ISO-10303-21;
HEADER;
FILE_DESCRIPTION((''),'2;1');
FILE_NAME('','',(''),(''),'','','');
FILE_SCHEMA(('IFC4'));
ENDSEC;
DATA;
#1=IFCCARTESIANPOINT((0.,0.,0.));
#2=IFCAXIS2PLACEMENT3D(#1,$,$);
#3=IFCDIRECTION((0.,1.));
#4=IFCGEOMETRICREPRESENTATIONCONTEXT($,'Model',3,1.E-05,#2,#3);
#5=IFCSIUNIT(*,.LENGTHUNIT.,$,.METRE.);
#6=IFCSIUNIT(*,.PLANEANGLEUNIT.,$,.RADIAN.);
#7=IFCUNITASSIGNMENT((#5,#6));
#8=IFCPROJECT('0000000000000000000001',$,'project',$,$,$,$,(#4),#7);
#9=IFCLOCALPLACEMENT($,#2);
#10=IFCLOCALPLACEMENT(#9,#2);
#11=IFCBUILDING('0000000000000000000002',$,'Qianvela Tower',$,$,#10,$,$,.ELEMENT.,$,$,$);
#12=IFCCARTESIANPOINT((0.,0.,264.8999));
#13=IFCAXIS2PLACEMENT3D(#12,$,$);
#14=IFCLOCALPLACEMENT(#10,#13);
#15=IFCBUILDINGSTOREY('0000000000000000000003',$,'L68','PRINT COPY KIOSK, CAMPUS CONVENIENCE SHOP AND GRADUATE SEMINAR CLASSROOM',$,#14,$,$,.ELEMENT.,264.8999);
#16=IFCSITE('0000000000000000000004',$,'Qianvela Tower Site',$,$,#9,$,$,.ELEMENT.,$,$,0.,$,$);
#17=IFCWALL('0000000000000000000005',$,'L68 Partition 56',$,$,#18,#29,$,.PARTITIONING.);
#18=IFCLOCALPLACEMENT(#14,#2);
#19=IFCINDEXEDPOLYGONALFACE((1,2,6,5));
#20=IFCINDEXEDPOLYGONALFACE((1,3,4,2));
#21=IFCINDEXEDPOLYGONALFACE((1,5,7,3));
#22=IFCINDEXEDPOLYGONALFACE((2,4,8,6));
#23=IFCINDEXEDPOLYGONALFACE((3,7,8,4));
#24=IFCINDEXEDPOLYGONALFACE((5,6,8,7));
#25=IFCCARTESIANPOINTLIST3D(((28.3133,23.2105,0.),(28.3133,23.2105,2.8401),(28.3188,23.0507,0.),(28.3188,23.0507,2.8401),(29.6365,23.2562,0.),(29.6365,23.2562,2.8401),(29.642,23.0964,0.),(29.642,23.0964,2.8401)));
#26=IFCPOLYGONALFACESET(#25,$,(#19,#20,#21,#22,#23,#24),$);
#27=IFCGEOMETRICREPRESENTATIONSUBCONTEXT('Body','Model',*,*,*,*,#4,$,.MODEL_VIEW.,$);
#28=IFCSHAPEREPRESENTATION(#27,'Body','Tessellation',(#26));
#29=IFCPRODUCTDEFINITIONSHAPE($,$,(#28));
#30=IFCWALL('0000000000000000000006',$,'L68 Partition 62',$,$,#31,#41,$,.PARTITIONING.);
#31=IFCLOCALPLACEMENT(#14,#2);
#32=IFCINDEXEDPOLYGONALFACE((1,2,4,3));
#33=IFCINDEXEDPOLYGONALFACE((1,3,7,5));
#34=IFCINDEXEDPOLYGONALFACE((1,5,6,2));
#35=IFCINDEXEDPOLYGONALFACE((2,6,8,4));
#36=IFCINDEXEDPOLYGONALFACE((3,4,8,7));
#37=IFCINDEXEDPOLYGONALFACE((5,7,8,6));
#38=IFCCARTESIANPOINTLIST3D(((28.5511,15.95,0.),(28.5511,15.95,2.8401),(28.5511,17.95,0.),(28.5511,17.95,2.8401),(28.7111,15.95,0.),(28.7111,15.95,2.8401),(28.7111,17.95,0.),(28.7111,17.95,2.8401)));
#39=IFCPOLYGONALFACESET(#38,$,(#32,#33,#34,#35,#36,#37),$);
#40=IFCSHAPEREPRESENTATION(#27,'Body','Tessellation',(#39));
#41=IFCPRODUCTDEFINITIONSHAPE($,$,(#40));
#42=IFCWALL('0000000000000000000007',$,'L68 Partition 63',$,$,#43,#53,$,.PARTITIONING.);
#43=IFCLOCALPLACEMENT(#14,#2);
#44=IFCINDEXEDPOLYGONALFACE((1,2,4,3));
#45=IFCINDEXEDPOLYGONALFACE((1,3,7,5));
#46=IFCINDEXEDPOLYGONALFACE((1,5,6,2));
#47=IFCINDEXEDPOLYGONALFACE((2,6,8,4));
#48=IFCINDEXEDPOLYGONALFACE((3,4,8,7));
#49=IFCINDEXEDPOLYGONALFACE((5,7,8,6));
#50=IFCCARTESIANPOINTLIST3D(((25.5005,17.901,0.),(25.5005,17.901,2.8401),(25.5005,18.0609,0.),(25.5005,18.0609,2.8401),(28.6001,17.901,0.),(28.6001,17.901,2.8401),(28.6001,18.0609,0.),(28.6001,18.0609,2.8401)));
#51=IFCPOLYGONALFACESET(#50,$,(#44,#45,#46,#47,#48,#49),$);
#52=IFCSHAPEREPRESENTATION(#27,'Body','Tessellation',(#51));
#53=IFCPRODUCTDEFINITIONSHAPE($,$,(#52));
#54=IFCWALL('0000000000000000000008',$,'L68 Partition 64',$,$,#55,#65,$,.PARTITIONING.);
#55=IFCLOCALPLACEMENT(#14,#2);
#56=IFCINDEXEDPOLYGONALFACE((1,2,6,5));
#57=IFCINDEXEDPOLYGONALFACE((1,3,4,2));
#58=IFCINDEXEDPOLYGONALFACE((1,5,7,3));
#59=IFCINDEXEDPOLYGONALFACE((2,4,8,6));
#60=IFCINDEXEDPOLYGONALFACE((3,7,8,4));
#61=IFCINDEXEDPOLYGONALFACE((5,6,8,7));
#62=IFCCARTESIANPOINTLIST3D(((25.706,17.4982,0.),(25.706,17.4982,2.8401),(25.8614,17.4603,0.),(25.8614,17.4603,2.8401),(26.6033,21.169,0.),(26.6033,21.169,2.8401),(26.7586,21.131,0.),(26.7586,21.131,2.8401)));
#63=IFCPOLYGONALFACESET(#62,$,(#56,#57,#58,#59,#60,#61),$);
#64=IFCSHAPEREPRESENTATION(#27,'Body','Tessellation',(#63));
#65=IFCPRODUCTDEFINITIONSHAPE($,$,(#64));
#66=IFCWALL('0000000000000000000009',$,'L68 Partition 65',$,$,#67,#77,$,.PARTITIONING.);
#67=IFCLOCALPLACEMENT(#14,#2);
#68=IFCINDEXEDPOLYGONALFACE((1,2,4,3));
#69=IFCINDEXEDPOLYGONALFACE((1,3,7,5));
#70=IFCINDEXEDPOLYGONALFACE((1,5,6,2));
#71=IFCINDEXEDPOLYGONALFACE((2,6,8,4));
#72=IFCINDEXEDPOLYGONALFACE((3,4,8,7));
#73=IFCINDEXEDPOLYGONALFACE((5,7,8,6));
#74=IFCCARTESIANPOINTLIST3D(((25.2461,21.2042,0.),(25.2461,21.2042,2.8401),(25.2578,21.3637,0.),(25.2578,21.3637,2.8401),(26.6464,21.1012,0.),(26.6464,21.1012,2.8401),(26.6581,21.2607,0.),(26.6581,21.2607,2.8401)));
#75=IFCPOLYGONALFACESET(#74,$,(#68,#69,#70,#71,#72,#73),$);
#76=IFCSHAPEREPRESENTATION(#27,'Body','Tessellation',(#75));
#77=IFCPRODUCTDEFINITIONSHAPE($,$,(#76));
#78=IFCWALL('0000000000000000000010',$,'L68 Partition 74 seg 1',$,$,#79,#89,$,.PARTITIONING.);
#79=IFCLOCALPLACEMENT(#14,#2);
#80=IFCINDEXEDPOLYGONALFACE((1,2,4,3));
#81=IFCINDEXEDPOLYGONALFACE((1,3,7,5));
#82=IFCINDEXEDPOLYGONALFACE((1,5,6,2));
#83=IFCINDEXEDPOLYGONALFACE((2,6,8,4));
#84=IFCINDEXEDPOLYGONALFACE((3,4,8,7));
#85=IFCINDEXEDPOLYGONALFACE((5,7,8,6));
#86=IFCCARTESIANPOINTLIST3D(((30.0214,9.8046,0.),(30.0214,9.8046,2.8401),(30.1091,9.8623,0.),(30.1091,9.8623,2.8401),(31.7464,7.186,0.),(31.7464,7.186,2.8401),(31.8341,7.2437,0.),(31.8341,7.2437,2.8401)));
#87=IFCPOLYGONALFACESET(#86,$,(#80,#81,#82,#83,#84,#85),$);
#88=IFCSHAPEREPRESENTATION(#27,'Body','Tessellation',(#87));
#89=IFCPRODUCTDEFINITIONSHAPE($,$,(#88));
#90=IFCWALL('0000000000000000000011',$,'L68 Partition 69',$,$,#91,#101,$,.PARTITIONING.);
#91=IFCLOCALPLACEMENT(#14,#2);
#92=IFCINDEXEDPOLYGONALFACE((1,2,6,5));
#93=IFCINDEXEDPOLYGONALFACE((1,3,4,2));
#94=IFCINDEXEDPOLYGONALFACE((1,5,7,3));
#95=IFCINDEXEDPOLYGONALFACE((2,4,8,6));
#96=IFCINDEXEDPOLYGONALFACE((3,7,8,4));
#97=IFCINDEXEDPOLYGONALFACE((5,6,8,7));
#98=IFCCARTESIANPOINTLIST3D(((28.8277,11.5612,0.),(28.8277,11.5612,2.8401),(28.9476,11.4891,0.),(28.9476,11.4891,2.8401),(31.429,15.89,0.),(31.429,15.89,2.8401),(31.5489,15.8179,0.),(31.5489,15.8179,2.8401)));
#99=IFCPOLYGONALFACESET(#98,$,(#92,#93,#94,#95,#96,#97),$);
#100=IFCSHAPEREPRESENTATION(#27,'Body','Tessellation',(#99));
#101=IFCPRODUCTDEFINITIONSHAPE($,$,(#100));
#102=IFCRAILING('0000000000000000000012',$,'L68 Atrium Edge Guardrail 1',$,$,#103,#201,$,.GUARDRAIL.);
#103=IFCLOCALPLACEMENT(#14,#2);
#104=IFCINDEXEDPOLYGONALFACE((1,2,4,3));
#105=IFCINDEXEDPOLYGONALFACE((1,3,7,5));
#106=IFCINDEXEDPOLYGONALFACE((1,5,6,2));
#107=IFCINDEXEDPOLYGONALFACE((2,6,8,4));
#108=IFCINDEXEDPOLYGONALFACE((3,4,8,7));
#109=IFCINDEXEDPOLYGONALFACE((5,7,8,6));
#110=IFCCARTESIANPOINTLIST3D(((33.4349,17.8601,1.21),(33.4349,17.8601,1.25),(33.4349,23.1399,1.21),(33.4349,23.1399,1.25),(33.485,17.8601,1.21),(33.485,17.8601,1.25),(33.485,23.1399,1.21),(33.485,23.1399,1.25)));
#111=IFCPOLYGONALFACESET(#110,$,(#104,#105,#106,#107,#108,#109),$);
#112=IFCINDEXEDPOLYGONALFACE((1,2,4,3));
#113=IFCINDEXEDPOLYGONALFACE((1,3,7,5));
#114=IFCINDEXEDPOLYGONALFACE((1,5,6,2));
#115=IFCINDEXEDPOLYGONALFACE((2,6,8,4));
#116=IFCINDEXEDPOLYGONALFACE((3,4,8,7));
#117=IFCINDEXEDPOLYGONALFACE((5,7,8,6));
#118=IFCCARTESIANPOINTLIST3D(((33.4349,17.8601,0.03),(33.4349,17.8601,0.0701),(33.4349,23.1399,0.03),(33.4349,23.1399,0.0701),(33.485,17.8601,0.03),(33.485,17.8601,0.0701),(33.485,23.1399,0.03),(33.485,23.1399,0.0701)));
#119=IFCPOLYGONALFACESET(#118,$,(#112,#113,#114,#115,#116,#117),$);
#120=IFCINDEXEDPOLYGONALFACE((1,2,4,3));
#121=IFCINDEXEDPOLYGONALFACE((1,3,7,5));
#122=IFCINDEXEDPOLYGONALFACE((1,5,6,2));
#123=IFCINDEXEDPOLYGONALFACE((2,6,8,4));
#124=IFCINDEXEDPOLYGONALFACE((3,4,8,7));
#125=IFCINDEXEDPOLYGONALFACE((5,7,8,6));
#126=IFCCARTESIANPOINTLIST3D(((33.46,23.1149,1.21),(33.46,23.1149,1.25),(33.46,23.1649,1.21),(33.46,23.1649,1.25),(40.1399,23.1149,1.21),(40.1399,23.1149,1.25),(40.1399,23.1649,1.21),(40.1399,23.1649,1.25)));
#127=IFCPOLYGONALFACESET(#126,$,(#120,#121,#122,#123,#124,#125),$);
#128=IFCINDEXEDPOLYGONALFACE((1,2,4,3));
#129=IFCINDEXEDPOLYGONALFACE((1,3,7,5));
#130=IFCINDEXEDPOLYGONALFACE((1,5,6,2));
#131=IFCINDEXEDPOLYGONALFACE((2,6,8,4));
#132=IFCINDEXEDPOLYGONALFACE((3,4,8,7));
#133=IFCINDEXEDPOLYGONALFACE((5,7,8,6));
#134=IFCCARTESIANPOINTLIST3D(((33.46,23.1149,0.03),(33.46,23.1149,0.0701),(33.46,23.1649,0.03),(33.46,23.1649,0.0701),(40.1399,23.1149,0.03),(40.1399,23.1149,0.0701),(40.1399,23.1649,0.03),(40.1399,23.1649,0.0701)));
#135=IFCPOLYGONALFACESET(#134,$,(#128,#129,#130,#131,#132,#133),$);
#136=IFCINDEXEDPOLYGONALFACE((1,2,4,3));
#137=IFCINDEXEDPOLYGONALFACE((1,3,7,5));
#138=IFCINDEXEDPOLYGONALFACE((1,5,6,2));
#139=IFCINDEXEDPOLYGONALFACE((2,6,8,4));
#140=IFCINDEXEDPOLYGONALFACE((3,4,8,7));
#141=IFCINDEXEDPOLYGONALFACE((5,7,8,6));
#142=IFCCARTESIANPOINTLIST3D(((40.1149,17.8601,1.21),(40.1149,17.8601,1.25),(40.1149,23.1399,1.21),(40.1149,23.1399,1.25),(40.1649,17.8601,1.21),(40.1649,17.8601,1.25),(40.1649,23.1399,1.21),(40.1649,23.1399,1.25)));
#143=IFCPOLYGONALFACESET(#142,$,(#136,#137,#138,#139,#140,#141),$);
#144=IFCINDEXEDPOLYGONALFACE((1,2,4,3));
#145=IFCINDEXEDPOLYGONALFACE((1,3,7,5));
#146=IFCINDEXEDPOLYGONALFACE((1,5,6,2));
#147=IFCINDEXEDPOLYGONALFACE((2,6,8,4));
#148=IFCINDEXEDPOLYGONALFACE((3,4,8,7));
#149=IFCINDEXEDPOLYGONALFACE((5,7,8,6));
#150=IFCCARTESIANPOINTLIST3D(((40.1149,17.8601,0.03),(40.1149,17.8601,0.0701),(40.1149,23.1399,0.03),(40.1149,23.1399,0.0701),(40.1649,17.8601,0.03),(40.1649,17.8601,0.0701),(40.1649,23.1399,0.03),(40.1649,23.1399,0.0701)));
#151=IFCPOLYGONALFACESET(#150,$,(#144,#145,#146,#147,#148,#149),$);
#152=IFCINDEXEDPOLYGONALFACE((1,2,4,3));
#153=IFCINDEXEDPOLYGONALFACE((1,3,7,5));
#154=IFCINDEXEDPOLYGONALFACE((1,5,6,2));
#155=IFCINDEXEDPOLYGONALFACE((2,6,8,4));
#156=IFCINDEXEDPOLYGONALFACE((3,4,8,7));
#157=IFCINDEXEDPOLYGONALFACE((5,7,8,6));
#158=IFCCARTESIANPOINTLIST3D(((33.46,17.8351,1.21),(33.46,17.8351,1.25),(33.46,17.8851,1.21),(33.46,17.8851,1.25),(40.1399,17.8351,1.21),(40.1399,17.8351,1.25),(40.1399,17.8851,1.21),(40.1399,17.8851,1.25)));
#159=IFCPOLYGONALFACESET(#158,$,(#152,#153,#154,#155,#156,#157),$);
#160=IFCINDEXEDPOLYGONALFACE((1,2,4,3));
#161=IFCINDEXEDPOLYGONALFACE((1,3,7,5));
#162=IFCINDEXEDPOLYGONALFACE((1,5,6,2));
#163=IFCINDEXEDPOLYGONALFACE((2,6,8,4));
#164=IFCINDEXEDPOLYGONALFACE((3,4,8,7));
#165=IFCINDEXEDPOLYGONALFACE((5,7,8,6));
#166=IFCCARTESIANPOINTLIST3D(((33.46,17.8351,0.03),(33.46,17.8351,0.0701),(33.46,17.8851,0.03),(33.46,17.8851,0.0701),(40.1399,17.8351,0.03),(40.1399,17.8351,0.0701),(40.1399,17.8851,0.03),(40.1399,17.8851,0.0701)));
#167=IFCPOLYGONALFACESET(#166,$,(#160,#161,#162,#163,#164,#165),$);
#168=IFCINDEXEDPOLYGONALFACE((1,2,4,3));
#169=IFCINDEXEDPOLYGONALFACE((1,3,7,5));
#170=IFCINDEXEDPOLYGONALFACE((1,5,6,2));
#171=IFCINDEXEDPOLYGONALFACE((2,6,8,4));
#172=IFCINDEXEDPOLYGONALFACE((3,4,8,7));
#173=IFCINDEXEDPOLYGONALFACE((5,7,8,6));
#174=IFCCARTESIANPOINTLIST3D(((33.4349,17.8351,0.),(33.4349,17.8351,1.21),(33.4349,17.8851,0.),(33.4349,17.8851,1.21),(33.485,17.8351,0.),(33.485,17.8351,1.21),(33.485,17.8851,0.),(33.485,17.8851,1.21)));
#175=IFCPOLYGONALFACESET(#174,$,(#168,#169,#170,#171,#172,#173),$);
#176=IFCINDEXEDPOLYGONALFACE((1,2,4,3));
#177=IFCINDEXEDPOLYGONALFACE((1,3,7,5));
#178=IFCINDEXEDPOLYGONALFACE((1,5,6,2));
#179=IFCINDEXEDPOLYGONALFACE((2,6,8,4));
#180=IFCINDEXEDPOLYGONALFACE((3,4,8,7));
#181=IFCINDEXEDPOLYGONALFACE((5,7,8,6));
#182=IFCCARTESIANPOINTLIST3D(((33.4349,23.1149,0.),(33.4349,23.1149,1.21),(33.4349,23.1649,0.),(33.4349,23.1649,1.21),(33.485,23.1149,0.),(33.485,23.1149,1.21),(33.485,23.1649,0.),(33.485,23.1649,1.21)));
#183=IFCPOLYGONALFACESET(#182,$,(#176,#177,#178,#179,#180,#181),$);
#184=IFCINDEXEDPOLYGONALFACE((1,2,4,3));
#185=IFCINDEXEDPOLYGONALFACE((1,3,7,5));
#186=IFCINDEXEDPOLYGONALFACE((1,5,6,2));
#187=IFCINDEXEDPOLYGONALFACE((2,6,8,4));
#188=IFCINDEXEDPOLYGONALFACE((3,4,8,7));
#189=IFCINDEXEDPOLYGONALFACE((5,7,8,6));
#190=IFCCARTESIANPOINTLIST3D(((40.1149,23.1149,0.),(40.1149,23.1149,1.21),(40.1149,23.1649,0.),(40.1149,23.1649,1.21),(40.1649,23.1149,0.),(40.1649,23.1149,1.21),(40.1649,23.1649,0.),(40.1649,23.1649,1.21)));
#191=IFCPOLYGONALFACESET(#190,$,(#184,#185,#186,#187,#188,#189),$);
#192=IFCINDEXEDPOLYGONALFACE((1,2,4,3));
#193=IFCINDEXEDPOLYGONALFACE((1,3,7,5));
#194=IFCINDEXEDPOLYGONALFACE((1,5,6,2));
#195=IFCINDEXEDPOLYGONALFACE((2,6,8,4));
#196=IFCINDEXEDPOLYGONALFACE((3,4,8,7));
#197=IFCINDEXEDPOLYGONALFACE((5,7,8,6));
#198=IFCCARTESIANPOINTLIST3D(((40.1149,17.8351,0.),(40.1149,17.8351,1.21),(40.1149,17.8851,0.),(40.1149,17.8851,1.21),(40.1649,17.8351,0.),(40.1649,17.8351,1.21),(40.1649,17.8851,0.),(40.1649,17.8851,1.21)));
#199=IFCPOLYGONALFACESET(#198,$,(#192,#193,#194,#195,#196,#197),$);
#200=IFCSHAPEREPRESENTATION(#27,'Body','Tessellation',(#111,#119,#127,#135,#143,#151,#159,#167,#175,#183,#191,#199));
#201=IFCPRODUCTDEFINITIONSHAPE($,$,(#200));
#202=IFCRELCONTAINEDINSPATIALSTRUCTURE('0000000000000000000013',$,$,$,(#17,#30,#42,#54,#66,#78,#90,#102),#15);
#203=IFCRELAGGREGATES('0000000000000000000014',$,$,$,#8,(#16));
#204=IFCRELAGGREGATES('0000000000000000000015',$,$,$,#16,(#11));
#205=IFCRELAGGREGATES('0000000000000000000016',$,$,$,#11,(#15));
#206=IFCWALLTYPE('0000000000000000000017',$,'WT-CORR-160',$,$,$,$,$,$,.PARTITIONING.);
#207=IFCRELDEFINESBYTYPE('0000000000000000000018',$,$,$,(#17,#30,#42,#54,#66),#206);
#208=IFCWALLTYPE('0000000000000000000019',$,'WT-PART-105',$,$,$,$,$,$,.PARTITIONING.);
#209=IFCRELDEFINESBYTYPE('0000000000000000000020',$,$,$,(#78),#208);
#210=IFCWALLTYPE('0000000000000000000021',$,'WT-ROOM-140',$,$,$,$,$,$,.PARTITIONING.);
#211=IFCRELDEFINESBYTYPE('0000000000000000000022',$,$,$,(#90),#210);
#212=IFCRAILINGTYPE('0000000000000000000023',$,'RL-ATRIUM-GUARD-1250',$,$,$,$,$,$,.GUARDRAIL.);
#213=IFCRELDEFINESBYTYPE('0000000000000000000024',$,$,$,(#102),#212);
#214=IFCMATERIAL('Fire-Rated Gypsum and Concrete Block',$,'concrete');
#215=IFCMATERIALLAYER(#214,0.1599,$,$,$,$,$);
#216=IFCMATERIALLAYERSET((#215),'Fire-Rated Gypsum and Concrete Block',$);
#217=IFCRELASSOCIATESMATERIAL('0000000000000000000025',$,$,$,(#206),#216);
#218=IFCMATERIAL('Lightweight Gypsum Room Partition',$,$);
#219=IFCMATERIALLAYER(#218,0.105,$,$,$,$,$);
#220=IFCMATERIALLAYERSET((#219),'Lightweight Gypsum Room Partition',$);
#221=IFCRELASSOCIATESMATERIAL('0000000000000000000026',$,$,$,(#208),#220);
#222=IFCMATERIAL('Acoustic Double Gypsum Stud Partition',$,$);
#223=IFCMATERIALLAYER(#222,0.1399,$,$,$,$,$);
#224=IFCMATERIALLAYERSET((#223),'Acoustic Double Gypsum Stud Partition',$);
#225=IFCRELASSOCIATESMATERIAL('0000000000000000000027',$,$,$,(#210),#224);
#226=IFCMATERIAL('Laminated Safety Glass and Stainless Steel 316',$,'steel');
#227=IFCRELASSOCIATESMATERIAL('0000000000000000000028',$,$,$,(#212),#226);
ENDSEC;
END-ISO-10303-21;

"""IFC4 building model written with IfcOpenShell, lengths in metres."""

from ifc_helpers import new_model, si_unit, direction, frame, frame_2d, origin, origin_2d, place, context, subcontext, project, spatial, rectangle, extrude, material, layer, layer_set, type_object, element, save


model = new_model("IFC4")

# Units and contexts
model_context = context("Model", 3, precision=1e-05, world=origin(), true_north=direction((0.0, 1.0)))
body_context = subcontext(model_context, "Body", "Model", "MODEL_VIEW")
ifc_project = project(units=[si_unit("LENGTHUNIT", "METRE"), si_unit("PLANEANGLEUNIT", "RADIAN")], contexts=[model_context])

# Site, building, storey
site_placement = place(None, origin())
site = spatial("IfcSite", under=ifc_project, at=site_placement, Name="Qianvela Tower Site", CompositionType="ELEMENT", RefElevation=0.0)
building_placement = place(site_placement, origin())
building = spatial("IfcBuilding", under=site, at=building_placement, Name="Qianvela Tower", CompositionType="ELEMENT")
storey_placement = place(building_placement, frame((0.0, 0.0, 264.8999)))
storey = spatial("IfcBuildingStorey", under=building, at=storey_placement, Name="L68", Description="PRINT COPY KIOSK, CAMPUS CONVENIENCE SHOP AND GRADUATE SEMINAR CLASSROOM", CompositionType="ELEMENT", Elevation=264.8999)

# Shared definitions
ifc_material_1 = material(Name="Fire-Rated Gypsum and Concrete Block", Category="concrete")
ifc_layer_1 = layer(ifc_material_1, 0.1599)
ifc_layer_set_1 = layer_set([ifc_layer_1], Name="Fire-Rated Gypsum and Concrete Block")
wall_type_1 = type_object("IfcWallType", Name="WT-CORR-160", PredefinedType="PARTITIONING", material=ifc_layer_set_1)

# Walls
wall_1_placement = place(storey_placement, frame((28.3159, 23.1306, 0.0), z_axis=(0.0, 0.0, 1.0), x_axis=(0.999405, 0.034481, 0.0)))
element("IfcWall", 1, at=wall_1_placement, inside=storey, type_object=wall_type_1, Name="L68 Partition 56", PredefinedType="PARTITIONING", context=body_context, shape_type="SweptSolid", body=[
    extrude(rectangle(XDim=1.324, YDim=0.1599, at=frame_2d((0.6621, 0.0))), origin(), (0.0, 0.0, 1.0), 2.8401),
])
wall_2_placement = place(storey_placement, frame((28.6311, 15.95, 0.0), z_axis=(0.0, 0.0, 1.0), x_axis=(0.0, 1.0, 0.0)))
element("IfcWall", 2, at=wall_2_placement, inside=storey, type_object=wall_type_1, Name="L68 Partition 62", PredefinedType="PARTITIONING", context=body_context, shape_type="SweptSolid", body=[
    extrude(rectangle(XDim=2.0, YDim=0.1599, at=frame_2d((1.0, 0.0))), origin(), (0.0, 0.0, 1.0), 2.8401),
])
wall_3_placement = place(storey_placement, frame((28.6001, 17.981, 0.0), z_axis=(0.0, 0.0, 1.0), x_axis=(-1.0, 0.0, 0.0)))
element("IfcWall", 3, at=wall_3_placement, inside=storey, type_object=wall_type_1, Name="L68 Partition 63", PredefinedType="PARTITIONING", context=body_context, shape_type="SweptSolid", body=[
    extrude(rectangle(XDim=3.0996, YDim=0.1599, at=frame_2d((1.5498, 0.0))), origin(), (0.0, 0.0, 1.0), 2.8401),
])
wall_4_placement = place(storey_placement, frame((25.7837, 17.4792, 0.0), z_axis=(0.0, 0.0, 1.0), x_axis=(0.23744, 0.971402, 0.0)))
element("IfcWall", 4, at=wall_4_placement, inside=storey, type_object=wall_type_1, Name="L68 Partition 64", PredefinedType="PARTITIONING", context=body_context, shape_type="SweptSolid", body=[
    extrude(rectangle(XDim=3.7788, YDim=0.1599, at=frame_2d((1.8894, 0.0))), origin(), (0.0, 0.0, 1.0), 2.8401),
])
wall_5_placement = place(storey_placement, frame((26.6523, 21.1809, 0.0), z_axis=(0.0, 0.0, 1.0), x_axis=(-0.997304, 0.073385, 0.0)))
element("IfcWall", 5, at=wall_5_placement, inside=storey, type_object=wall_type_1, Name="L68 Partition 65", PredefinedType="PARTITIONING", context=body_context, shape_type="SweptSolid", body=[
    extrude(rectangle(XDim=1.4041, YDim=0.1599, at=frame_2d((0.7021, 0.0))), origin(), (0.0, 0.0, 1.0), 2.8401),
])
ifc_material_2 = material(Name="Lightweight Gypsum Room Partition")
ifc_layer_2 = layer(ifc_material_2, 0.105)
ifc_layer_set_2 = layer_set([ifc_layer_2], Name="Lightweight Gypsum Room Partition")
wall_type_2 = type_object("IfcWallType", Name="WT-PART-105", PredefinedType="PARTITIONING", material=ifc_layer_set_2)
wall_6_placement = place(storey_placement, frame((31.7903, 7.2148, 0.0), z_axis=(0.0, 0.0, 1.0), x_axis=(-0.550128, 0.83508, 0.0)))
element("IfcWall", 6, at=wall_6_placement, inside=storey, type_object=wall_type_2, Name="L68 Partition 74 seg 1", PredefinedType="PARTITIONING", context=body_context, shape_type="SweptSolid", body=[
    extrude(rectangle(XDim=3.1357, YDim=0.105, at=frame_2d((1.5679, 0.0))), origin(), (0.0, 0.0, 1.0), 2.8401),
])
ifc_material_3 = material(Name="Acoustic Double Gypsum Stud Partition")
ifc_layer_3 = layer(ifc_material_3, 0.1399)
ifc_layer_set_3 = layer_set([ifc_layer_3], Name="Acoustic Double Gypsum Stud Partition")
wall_type_3 = type_object("IfcWallType", Name="WT-ROOM-140", PredefinedType="PARTITIONING", material=ifc_layer_set_3)
wall_7_placement = place(storey_placement, frame((28.8877, 11.5251, 0.0), z_axis=(0.0, 0.0, 1.0), x_axis=(0.515079, 0.857143, 0.0)))
element("IfcWall", 7, at=wall_7_placement, inside=storey, type_object=wall_type_3, Name="L68 Partition 69", PredefinedType="PARTITIONING", context=body_context, shape_type="SweptSolid", body=[
    extrude(rectangle(XDim=5.0503, YDim=0.1399, at=frame_2d((2.5251, 0.0))), origin(), (0.0, 0.0, 1.0), 2.8401),
])

# Railing
ifc_material_4 = material(Name="Laminated Safety Glass and Stainless Steel 316", Category="steel")
railing_type = type_object("IfcRailingType", Name="RL-ATRIUM-GUARD-1250", PredefinedType="GUARDRAIL", material=ifc_material_4)
railing_placement = place(storey_placement, frame((33.46, 17.8601, 0.0)))
element("IfcRailing", 8, at=railing_placement, inside=storey, type_object=railing_type, Name="L68 Atrium Edge Guardrail 1", PredefinedType="GUARDRAIL", context=body_context, shape_type="SweptSolid", body=[
    extrude(rectangle(XDim=0.05, YDim=0.04, at=origin_2d()), frame((0.0, 0.0, 1.23), z_axis=(0.0, 1.0, 0.0), x_axis=(-1.0, 0.0, 0.0)), (0.0, 0.0, 1.0), 5.2798),
    extrude(rectangle(XDim=0.05, YDim=0.04, at=origin_2d()), frame((0.0, 0.0, 0.05), z_axis=(0.0, 1.0, 0.0), x_axis=(-1.0, 0.0, 0.0)), (0.0, 0.0, 1.0), 5.2798),
    extrude(rectangle(XDim=0.05, YDim=0.04, at=origin_2d()), frame((0.0, 5.2798, 1.23), z_axis=(1.0, 0.0, 0.0), x_axis=(0.0, 1.0, 0.0)), (0.0, 0.0, 1.0), 6.6799),
    extrude(rectangle(XDim=0.05, YDim=0.04, at=origin_2d()), frame((0.0, 5.2798, 0.05), z_axis=(1.0, 0.0, 0.0), x_axis=(0.0, 1.0, 0.0)), (0.0, 0.0, 1.0), 6.6799),
    extrude(rectangle(XDim=0.05, YDim=0.04, at=origin_2d()), frame((6.6799, 5.2798, 1.23), z_axis=(0.0, -1.0, 0.0), x_axis=(1.0, 0.0, 0.0)), (0.0, 0.0, 1.0), 5.2798),
    extrude(rectangle(XDim=0.05, YDim=0.04, at=origin_2d()), frame((6.6799, 5.2798, 0.05), z_axis=(0.0, -1.0, 0.0), x_axis=(1.0, 0.0, 0.0)), (0.0, 0.0, 1.0), 5.2798),
    extrude(rectangle(XDim=0.05, YDim=0.04, at=origin_2d()), frame((6.6799, 0.0, 1.23), z_axis=(-1.0, 0.0, 0.0), x_axis=(0.0, -1.0, 0.0)), (0.0, 0.0, 1.0), 6.6799),
    extrude(rectangle(XDim=0.05, YDim=0.04, at=origin_2d()), frame((6.6799, 0.0, 0.05), z_axis=(-1.0, 0.0, 0.0), x_axis=(0.0, -1.0, 0.0)), (0.0, 0.0, 1.0), 6.6799),
    extrude(rectangle(XDim=0.05, YDim=0.05, at=origin_2d()), origin(), (0.0, 0.0, 1.0), 1.21),
    extrude(rectangle(XDim=0.05, YDim=0.05, at=origin_2d()), frame((0.0, 5.2798, 0.0)), (0.0, 0.0, 1.0), 1.21),
    extrude(rectangle(XDim=0.05, YDim=0.05, at=origin_2d()), frame((6.6799, 5.2798, 0.0)), (0.0, 0.0, 1.0), 1.21),
    extrude(rectangle(XDim=0.05, YDim=0.05, at=origin_2d()), frame((6.6799, 0.0, 0.0)), (0.0, 0.0, 1.0), 1.21),
])

save(model, "model.ifc")
